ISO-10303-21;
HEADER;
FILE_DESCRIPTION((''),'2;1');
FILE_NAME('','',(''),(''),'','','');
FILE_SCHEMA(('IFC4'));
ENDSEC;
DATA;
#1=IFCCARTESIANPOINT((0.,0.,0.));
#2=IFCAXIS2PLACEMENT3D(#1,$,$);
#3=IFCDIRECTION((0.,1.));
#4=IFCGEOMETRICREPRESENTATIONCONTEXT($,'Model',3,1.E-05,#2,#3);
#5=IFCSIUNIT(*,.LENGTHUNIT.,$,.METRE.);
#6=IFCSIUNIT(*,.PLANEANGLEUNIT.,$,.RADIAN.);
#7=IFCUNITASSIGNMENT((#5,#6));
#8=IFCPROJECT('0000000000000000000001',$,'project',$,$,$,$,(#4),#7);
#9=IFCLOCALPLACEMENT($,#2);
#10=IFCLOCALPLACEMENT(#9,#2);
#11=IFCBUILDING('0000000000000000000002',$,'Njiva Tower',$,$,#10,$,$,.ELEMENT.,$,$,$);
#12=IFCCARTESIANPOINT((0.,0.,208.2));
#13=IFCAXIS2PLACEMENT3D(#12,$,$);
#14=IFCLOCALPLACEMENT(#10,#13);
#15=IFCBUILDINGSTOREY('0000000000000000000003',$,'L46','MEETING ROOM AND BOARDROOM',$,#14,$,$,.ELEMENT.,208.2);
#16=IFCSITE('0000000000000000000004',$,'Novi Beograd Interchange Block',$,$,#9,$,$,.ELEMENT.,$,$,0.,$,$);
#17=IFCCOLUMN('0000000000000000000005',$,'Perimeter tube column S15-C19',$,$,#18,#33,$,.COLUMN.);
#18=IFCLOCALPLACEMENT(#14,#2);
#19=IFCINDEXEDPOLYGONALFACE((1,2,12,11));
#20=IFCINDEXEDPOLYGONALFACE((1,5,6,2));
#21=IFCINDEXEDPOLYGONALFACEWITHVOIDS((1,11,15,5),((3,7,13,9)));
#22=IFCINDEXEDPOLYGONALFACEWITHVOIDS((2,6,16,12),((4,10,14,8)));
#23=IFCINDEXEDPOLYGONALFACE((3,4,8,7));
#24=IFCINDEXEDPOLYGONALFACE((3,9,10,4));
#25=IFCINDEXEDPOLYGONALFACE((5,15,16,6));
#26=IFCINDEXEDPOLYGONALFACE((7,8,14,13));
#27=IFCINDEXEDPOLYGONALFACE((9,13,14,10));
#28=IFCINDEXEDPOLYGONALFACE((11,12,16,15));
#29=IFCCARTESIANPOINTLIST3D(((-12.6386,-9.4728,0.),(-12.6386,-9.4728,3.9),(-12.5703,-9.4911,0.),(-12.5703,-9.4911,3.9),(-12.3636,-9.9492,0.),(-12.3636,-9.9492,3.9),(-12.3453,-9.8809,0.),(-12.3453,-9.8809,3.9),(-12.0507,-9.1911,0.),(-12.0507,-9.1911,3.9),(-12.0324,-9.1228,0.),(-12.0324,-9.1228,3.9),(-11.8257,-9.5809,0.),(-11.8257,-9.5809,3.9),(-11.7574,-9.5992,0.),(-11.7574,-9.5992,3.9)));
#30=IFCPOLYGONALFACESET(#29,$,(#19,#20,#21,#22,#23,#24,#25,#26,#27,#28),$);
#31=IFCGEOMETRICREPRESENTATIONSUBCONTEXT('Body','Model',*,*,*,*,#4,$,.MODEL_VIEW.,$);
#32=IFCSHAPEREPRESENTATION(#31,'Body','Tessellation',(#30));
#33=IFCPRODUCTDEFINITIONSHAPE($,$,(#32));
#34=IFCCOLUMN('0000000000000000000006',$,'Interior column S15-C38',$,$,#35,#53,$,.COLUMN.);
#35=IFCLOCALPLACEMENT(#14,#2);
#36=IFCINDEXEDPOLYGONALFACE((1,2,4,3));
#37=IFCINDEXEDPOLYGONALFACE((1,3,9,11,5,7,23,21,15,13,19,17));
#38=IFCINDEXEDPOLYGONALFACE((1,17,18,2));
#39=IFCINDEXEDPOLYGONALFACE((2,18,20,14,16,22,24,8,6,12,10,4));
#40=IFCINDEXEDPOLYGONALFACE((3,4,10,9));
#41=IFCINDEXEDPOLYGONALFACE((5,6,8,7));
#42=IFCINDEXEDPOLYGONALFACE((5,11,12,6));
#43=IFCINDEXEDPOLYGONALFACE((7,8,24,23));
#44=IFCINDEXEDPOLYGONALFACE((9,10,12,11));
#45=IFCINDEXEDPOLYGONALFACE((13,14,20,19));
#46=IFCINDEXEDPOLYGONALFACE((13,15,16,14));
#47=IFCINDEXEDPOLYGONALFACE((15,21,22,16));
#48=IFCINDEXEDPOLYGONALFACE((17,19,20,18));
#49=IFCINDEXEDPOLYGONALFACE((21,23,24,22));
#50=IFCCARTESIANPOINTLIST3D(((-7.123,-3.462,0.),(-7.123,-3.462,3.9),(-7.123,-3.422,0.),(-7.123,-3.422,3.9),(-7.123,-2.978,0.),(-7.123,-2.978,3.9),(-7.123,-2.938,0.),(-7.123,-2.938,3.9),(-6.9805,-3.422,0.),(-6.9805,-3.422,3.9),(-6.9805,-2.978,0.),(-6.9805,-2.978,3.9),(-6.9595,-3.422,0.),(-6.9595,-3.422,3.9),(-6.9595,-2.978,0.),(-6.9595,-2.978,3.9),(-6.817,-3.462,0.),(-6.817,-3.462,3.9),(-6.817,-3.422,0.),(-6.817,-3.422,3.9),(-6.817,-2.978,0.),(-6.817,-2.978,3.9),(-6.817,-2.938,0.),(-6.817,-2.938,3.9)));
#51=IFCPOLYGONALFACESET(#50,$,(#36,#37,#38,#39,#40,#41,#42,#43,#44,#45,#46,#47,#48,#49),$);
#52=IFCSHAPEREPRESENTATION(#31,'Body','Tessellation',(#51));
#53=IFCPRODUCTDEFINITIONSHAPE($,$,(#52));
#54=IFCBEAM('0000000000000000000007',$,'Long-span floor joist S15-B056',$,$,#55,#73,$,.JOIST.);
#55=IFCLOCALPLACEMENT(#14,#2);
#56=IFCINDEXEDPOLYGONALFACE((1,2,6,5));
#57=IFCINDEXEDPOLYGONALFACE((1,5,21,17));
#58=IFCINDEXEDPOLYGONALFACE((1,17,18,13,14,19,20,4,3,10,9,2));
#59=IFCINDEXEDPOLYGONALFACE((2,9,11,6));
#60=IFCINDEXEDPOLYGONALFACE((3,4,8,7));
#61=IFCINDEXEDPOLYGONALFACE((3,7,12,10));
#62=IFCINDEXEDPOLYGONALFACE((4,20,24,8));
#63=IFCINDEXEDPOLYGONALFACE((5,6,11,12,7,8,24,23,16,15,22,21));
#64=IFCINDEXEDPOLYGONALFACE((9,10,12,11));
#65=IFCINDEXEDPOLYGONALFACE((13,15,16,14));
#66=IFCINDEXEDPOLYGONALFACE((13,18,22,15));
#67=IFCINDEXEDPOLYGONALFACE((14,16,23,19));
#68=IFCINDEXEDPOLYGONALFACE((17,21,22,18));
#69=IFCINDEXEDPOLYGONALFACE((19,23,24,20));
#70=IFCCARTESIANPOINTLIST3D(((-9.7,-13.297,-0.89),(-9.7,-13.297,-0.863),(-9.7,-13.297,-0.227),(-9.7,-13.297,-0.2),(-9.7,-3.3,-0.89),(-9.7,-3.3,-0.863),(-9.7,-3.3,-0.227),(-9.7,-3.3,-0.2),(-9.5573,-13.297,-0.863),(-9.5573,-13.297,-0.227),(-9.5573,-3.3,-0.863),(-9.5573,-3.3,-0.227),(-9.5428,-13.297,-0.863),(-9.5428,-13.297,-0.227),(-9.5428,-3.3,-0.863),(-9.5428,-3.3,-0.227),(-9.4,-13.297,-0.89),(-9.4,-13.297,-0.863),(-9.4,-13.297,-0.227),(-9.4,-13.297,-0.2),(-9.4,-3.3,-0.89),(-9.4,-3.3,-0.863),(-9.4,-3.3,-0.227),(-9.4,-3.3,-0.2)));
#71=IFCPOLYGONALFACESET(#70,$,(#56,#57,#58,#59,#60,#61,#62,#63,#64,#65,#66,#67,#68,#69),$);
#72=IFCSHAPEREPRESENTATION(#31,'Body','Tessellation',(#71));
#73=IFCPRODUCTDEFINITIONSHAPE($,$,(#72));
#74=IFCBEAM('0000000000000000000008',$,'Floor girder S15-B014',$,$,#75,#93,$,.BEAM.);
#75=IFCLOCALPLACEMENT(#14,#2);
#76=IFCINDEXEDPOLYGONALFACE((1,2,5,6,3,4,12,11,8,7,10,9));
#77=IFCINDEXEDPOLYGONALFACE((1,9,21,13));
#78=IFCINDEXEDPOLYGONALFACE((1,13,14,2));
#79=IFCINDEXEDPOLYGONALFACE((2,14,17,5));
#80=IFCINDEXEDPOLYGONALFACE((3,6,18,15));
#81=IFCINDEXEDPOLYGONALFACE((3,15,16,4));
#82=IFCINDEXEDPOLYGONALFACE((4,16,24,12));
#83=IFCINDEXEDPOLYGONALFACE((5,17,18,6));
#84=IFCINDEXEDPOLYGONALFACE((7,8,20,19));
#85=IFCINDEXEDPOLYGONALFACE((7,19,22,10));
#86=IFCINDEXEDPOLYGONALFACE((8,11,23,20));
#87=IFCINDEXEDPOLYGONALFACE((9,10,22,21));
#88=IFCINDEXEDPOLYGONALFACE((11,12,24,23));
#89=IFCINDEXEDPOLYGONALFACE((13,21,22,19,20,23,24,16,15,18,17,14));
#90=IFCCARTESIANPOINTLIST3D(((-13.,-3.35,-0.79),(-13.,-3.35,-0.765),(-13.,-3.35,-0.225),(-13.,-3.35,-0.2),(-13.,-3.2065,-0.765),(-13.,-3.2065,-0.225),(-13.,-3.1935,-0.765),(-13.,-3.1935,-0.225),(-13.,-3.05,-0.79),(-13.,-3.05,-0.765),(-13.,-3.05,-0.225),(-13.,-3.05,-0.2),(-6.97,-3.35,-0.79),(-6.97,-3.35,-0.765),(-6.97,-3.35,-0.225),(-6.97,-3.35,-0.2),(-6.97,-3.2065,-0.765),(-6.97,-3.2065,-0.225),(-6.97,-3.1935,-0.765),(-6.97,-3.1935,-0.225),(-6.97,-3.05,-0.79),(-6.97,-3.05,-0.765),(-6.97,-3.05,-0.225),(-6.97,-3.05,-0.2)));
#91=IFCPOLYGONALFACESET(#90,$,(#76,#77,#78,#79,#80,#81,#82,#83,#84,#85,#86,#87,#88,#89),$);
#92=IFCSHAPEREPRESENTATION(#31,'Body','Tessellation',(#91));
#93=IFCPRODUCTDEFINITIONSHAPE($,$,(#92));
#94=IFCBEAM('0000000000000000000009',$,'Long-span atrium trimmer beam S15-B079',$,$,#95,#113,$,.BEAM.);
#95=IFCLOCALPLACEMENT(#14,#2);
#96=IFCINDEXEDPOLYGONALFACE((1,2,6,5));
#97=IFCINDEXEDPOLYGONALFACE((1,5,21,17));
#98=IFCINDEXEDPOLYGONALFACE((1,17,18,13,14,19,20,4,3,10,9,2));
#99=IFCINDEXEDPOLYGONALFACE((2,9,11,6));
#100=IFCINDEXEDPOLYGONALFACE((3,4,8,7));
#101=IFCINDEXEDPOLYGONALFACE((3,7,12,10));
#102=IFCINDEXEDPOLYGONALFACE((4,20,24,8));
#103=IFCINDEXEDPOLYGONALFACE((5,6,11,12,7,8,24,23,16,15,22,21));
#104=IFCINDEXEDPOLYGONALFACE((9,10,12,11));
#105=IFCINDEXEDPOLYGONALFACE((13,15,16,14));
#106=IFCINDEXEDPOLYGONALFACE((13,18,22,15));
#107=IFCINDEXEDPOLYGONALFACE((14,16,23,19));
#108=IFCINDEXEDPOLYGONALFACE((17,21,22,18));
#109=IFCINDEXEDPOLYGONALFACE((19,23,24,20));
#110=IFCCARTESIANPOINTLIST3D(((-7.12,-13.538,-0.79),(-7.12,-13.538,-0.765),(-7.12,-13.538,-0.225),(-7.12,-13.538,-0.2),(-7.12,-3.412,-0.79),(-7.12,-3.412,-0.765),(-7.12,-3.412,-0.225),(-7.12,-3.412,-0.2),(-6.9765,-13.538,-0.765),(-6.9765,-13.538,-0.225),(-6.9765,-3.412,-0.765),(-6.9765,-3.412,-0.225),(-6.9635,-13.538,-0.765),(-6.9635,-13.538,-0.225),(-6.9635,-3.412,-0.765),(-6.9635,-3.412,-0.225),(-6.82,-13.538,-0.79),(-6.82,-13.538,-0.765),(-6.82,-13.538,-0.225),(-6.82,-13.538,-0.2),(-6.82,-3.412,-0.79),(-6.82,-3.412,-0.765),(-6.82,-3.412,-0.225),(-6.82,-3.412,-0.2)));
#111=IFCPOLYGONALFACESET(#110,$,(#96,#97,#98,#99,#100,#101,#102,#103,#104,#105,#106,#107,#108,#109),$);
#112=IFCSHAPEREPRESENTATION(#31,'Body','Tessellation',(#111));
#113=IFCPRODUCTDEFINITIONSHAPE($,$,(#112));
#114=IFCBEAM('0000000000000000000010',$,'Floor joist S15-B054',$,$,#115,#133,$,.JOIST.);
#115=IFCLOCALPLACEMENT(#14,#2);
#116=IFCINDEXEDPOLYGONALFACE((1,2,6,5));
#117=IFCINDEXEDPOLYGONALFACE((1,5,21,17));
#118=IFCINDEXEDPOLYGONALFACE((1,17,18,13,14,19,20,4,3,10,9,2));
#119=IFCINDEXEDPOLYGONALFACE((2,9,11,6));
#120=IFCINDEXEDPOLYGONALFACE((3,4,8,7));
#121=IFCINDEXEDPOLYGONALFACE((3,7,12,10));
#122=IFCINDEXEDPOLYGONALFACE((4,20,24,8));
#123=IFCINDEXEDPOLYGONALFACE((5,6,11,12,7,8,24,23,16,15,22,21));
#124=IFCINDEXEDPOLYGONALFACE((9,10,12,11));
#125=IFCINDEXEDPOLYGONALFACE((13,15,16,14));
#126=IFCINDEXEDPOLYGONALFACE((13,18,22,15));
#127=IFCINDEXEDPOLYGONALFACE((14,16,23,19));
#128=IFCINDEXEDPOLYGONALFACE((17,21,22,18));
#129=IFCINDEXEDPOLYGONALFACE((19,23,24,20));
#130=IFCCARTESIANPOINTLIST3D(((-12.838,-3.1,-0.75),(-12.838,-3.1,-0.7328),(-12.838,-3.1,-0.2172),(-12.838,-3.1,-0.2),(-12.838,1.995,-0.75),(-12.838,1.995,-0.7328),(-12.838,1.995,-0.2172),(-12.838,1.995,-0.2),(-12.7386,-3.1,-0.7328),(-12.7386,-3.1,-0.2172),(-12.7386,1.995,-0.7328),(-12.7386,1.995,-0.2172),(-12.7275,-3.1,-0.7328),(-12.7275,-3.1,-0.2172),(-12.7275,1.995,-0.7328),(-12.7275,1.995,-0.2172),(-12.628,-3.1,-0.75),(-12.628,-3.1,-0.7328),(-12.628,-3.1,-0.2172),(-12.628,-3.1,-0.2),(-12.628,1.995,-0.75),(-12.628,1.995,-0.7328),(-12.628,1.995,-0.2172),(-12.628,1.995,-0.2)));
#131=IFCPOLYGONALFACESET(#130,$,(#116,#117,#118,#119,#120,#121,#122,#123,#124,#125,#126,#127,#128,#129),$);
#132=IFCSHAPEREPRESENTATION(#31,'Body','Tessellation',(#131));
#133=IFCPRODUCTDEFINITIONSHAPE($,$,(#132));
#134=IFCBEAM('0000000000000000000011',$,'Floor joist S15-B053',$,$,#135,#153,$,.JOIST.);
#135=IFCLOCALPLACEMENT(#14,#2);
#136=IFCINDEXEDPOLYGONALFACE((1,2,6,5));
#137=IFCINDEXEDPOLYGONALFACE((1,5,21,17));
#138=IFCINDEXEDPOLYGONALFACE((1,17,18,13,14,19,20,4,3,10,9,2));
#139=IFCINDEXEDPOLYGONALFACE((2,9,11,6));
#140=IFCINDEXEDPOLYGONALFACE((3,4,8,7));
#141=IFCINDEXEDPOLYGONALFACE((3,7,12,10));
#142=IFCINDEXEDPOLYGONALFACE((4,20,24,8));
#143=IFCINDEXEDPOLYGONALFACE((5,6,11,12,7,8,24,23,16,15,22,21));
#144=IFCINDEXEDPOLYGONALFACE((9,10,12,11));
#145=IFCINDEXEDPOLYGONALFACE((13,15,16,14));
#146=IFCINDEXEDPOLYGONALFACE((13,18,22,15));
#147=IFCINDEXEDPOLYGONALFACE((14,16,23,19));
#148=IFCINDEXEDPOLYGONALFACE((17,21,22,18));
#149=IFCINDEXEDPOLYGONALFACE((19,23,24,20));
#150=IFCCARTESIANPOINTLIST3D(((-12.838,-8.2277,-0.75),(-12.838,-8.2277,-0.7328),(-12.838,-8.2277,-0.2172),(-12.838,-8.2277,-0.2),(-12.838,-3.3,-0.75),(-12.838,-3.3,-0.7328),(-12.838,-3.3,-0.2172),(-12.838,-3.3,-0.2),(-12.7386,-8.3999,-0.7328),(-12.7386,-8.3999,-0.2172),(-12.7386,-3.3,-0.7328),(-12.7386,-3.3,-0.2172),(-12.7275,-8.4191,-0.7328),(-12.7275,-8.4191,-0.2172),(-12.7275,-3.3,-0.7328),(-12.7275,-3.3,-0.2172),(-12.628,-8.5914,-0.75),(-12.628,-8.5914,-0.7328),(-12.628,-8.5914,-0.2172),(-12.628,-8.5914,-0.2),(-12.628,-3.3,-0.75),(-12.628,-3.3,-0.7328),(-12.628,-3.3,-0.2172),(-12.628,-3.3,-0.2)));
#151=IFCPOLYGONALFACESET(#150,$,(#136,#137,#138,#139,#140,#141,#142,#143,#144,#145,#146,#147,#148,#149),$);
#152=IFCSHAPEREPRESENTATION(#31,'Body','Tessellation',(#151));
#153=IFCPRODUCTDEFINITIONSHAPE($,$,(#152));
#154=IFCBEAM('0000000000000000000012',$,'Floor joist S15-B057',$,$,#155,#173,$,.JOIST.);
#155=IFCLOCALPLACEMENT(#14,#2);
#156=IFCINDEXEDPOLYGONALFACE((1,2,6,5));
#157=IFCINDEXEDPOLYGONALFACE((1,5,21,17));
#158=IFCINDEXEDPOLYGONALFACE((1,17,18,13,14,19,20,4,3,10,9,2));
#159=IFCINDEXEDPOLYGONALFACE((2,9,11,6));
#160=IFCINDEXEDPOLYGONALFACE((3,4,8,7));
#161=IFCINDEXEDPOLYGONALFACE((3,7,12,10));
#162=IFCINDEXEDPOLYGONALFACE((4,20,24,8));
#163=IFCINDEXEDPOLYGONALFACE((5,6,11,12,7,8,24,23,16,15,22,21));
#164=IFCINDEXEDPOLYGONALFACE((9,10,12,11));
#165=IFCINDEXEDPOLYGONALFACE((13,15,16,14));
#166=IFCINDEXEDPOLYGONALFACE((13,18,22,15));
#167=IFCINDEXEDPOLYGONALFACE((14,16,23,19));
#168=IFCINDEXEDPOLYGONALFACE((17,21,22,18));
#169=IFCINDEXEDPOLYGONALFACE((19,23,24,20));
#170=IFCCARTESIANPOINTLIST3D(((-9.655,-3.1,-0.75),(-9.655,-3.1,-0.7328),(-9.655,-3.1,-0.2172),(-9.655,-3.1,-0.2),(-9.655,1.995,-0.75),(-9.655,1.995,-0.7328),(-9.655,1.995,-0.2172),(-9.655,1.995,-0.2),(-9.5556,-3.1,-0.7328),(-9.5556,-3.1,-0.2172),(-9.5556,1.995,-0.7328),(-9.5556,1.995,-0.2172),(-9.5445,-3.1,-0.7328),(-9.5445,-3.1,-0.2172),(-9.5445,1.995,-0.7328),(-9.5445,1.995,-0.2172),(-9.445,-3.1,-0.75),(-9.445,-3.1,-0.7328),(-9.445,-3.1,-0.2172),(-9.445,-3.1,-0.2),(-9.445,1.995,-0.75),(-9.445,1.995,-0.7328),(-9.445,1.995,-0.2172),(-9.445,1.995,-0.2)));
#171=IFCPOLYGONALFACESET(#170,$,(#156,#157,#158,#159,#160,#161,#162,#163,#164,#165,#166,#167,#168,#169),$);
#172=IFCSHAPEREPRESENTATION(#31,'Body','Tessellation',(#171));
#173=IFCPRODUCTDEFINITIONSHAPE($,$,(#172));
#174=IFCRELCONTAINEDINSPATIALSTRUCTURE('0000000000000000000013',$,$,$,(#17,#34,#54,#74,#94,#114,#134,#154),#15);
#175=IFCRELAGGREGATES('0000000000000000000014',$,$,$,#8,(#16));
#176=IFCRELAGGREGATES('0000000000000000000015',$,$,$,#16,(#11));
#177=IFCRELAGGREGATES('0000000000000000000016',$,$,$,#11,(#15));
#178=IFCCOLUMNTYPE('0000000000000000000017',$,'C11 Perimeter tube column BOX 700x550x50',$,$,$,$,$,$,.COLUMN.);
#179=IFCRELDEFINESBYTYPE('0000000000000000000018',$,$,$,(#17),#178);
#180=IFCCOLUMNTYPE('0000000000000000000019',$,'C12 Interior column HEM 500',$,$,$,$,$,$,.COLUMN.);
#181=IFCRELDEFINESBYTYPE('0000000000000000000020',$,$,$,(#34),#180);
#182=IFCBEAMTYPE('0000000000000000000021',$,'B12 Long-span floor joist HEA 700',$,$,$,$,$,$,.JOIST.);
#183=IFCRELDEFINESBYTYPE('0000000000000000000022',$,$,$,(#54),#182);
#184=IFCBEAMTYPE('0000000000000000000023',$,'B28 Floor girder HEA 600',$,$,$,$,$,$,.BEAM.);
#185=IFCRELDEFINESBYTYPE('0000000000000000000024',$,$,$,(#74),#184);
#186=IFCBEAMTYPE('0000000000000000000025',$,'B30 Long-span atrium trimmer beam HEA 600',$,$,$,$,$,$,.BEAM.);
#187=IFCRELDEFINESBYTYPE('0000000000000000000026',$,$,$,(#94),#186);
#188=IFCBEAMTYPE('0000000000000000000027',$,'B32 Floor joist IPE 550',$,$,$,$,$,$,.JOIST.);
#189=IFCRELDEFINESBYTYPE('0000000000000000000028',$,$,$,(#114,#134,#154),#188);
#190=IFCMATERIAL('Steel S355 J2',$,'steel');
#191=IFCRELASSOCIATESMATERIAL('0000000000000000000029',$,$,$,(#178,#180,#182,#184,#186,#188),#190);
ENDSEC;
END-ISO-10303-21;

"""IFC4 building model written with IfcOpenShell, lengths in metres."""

from ifc_helpers import new_model, si_unit, direction, frame, origin, origin_2d, place, context, subcontext, project, spatial, hollow_rectangle, i_section, extrude, clip, halfspace, material, material_profile, profile_set, type_object, element, save


model = new_model("IFC4")

# Units and contexts
model_context = context("Model", 3, precision=1e-05, world=origin(), true_north=direction((0.0, 1.0)))
body_context = subcontext(model_context, "Body", "Model", "MODEL_VIEW")
ifc_project = project(units=[si_unit("LENGTHUNIT", "METRE"), si_unit("PLANEANGLEUNIT", "RADIAN")], contexts=[model_context])

# Site, building, storey
site_placement = place(None, origin())
site = spatial("IfcSite", under=ifc_project, at=site_placement, Name="Novi Beograd Interchange Block", CompositionType="ELEMENT", RefElevation=0.0)
building_placement = place(site_placement, origin())
building = spatial("IfcBuilding", under=site, at=building_placement, Name="Njiva Tower", CompositionType="ELEMENT")
storey_placement = place(building_placement, frame((0.0, 0.0, 208.2)))
storey = spatial("IfcBuildingStorey", under=building, at=storey_placement, Name="L46", Description="MEETING ROOM AND BOARDROOM", CompositionType="ELEMENT", Elevation=208.2)

# Columns
ifc_material_1 = material(Name="Steel S355 J2", Category="steel")
ifc_material_profile_1 = material_profile(ifc_material_1, hollow_rectangle(XDim=0.55, YDim=0.7, WallThickness=0.05, at=origin_2d()), Name="BOX 700x550x50")
ifc_profile_set_1 = profile_set([ifc_material_profile_1], Name="Steel S355 J2")
column_type_1 = type_object("IfcColumnType", Name="C11 Perimeter tube column BOX 700x550x50", PredefinedType="COLUMN", material=ifc_profile_set_1)
column_1_placement = place(storey_placement, frame((-12.198, -9.536, 0.0), z_axis=(0.0, 0.0, 1.0), x_axis=(0.5, -0.866025, 0.0)))
element("IfcColumn", 1, at=column_1_placement, inside=storey, type_object=column_type_1, Name="Perimeter tube column S15-C19", PredefinedType="COLUMN", context=body_context, shape_type="SweptSolid", body=[
    extrude(hollow_rectangle(XDim=0.55, YDim=0.7, WallThickness=0.05, at=origin_2d()), origin(), (0.0, 0.0, 1.0), 3.9),
])
ifc_material_profile_2 = material_profile(ifc_material_1, i_section(OverallWidth=0.306, OverallDepth=0.524, WebThickness=0.021, FlangeThickness=0.04, at=origin_2d()), Name="HEM 500")
ifc_profile_set_2 = profile_set([ifc_material_profile_2], Name="Steel S355 J2")
column_type_2 = type_object("IfcColumnType", Name="C12 Interior column HEM 500", PredefinedType="COLUMN", material=ifc_profile_set_2)
column_2_placement = place(storey_placement, frame((-6.97, -3.2, 0.0), z_axis=(0.0, 0.0, 1.0), x_axis=(1.0, 0.0, 0.0)))
element("IfcColumn", 2, at=column_2_placement, inside=storey, type_object=column_type_2, Name="Interior column S15-C38", PredefinedType="COLUMN", context=body_context, shape_type="SweptSolid", body=[
    extrude(i_section(OverallWidth=0.306, OverallDepth=0.524, WebThickness=0.021, FlangeThickness=0.04, at=origin_2d()), origin(), (0.0, 0.0, 1.0), 3.9),
])

# Beams
ifc_material_profile_3 = material_profile(ifc_material_1, i_section(OverallWidth=0.3, OverallDepth=0.69, WebThickness=0.0145, FlangeThickness=0.027, at=origin_2d()), Name="HEA 700")
ifc_profile_set_3 = profile_set([ifc_material_profile_3], Name="Steel S355 J2")
beam_type_1 = type_object("IfcBeamType", Name="B12 Long-span floor joist HEA 700", PredefinedType="JOIST", material=ifc_profile_set_3)
beam_1_placement = place(storey_placement, frame((-9.55, -3.3, -0.545), z_axis=(0.0, -1.0, 0.0), x_axis=(1.0, 0.0, 0.0)))
element("IfcBeam", 3, at=beam_1_placement, inside=storey, type_object=beam_type_1, Name="Long-span floor joist S15-B056", PredefinedType="JOIST", context=body_context, shape_type="SweptSolid", body=[
    extrude(i_section(OverallWidth=0.3, OverallDepth=0.69, WebThickness=0.0145, FlangeThickness=0.027, at=origin_2d()), origin(), (0.0, 0.0, 1.0), 9.997),
])
ifc_material_profile_4 = material_profile(ifc_material_1, i_section(OverallWidth=0.3, OverallDepth=0.59, WebThickness=0.013, FlangeThickness=0.025, at=origin_2d()), Name="HEA 600")
ifc_profile_set_4 = profile_set([ifc_material_profile_4], Name="Steel S355 J2")
beam_type_2 = type_object("IfcBeamType", Name="B28 Floor girder HEA 600", PredefinedType="BEAM", material=ifc_profile_set_4)
beam_2_placement = place(storey_placement, frame((-13.0, -3.2, -0.495), z_axis=(1.0, 0.0, 0.0), x_axis=(0.0, 1.0, 0.0)))
element("IfcBeam", 4, at=beam_2_placement, inside=storey, type_object=beam_type_2, Name="Floor girder S15-B014", PredefinedType="BEAM", context=body_context, shape_type="SweptSolid", body=[
    extrude(i_section(OverallWidth=0.3, OverallDepth=0.59, WebThickness=0.013, FlangeThickness=0.025, at=origin_2d()), origin(), (0.0, 0.0, 1.0), 6.03),
])
ifc_material_profile_5 = material_profile(ifc_material_1, i_section(OverallWidth=0.3, OverallDepth=0.59, WebThickness=0.013, FlangeThickness=0.025, at=origin_2d()), Name="HEA 600")
ifc_profile_set_5 = profile_set([ifc_material_profile_5], Name="Steel S355 J2")
beam_type_3 = type_object("IfcBeamType", Name="B30 Long-span atrium trimmer beam HEA 600", PredefinedType="BEAM", material=ifc_profile_set_5)
beam_3_placement = place(storey_placement, frame((-6.97, -3.412, -0.495), z_axis=(0.0, -1.0, 0.0), x_axis=(1.0, 0.0, 0.0)))
element("IfcBeam", 5, at=beam_3_placement, inside=storey, type_object=beam_type_3, Name="Long-span atrium trimmer beam S15-B079", PredefinedType="BEAM", context=body_context, shape_type="SweptSolid", body=[
    extrude(i_section(OverallWidth=0.3, OverallDepth=0.59, WebThickness=0.013, FlangeThickness=0.025, at=origin_2d()), origin(), (0.0, 0.0, 1.0), 10.126),
])
ifc_material_profile_6 = material_profile(ifc_material_1, i_section(OverallWidth=0.21, OverallDepth=0.55, WebThickness=0.0111, FlangeThickness=0.0172, at=origin_2d()), Name="IPE 550")
ifc_profile_set_6 = profile_set([ifc_material_profile_6], Name="Steel S355 J2")
beam_type_4 = type_object("IfcBeamType", Name="B32 Floor joist IPE 550", PredefinedType="JOIST", material=ifc_profile_set_6)
beam_4_placement = place(storey_placement, frame((-12.733, 1.995, -0.475), z_axis=(0.0, -1.0, 0.0), x_axis=(1.0, 0.0, 0.0)))
element("IfcBeam", 6, at=beam_4_placement, inside=storey, type_object=beam_type_4, Name="Floor joist S15-B054", PredefinedType="JOIST", context=body_context, shape_type="SweptSolid", body=[
    extrude(i_section(OverallWidth=0.21, OverallDepth=0.55, WebThickness=0.0111, FlangeThickness=0.0172, at=origin_2d()), origin(), (0.0, 0.0, 1.0), 5.095),
])
beam_5_placement = place(storey_placement, frame((-12.733, -3.3, -0.475), z_axis=(0.0, -1.0, 0.0), x_axis=(1.0, 0.0, 0.0)))
element("IfcBeam", 7, at=beam_5_placement, inside=storey, type_object=beam_type_4, Name="Floor joist S15-B053", PredefinedType="JOIST", context=body_context, shape_type="Clipping", body=[
    clip(extrude(i_section(OverallWidth=0.21, OverallDepth=0.55, WebThickness=0.0111, FlangeThickness=0.0172, at=origin_2d()), origin(), (0.0, 0.0, 1.0), 5.311), halfspace(frame((-0.0436, 0.0, 5.034), z_axis=(-0.866027, 0.0, 0.499998), x_axis=(0.0, 1.0, 0.0)), False)),
])
for number, where, z_axis, x_axis, name in (
    (8, (-9.55, 1.995, -0.475), (0.0, -1.0, 0.0), (1.0, 0.0, 0.0), "Floor joist S15-B057"),
):
    element("IfcBeam", number, at=place(storey_placement, frame(where, z_axis=z_axis, x_axis=x_axis)), inside=storey, type_object=beam_type_4, Name=name, PredefinedType="JOIST", context=body_context, shape_type="SweptSolid", body=[
        extrude(i_section(OverallWidth=0.21, OverallDepth=0.55, WebThickness=0.0111, FlangeThickness=0.0172, at=origin_2d()), origin(), (0.0, 0.0, 1.0), 5.095),
    ])

save(model, "model.ifc")
